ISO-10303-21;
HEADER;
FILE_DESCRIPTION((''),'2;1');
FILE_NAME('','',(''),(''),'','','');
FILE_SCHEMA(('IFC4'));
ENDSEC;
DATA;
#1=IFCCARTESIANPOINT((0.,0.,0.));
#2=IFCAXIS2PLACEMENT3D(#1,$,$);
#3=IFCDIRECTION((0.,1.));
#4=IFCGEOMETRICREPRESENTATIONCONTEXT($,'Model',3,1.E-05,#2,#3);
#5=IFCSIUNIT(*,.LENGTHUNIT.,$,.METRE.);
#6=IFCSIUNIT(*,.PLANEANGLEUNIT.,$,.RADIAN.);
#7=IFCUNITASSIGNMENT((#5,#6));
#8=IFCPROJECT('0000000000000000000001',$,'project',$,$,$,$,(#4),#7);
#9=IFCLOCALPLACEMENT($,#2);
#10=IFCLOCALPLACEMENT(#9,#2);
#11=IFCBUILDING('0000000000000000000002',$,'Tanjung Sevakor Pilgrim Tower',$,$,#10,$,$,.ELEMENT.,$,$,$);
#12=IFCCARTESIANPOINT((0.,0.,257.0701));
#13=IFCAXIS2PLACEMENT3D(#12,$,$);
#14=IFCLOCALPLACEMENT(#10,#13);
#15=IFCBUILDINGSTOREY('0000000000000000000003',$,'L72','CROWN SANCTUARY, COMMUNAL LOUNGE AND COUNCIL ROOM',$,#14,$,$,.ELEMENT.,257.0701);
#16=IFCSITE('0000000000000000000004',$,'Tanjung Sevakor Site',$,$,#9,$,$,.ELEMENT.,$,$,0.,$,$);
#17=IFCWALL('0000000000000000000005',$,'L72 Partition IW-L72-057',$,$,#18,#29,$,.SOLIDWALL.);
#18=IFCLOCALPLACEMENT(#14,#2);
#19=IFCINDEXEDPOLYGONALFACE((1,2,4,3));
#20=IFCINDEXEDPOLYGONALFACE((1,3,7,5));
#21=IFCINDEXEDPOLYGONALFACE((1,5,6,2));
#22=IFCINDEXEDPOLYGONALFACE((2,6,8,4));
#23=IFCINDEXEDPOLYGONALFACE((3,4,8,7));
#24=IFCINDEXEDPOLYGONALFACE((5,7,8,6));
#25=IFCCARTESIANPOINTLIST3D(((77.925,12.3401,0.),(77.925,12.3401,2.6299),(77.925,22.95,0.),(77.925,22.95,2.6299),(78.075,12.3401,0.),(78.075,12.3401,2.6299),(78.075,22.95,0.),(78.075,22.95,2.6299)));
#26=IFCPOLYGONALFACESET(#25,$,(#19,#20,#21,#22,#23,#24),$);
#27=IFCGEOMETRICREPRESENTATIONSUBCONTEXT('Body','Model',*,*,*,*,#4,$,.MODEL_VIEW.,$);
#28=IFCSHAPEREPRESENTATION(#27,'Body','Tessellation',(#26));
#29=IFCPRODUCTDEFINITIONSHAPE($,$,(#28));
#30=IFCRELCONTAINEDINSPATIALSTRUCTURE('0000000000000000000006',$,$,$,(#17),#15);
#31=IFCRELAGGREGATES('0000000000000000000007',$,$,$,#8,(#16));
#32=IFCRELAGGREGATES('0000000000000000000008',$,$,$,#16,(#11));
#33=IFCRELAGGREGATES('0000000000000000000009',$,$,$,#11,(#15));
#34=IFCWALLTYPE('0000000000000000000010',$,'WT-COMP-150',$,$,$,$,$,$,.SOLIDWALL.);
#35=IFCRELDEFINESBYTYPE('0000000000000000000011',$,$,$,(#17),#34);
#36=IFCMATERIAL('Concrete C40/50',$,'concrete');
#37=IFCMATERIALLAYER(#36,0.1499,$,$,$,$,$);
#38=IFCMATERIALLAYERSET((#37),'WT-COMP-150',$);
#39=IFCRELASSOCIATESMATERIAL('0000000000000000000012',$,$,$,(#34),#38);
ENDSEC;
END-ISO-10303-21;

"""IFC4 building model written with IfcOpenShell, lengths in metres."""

from ifc_helpers import new_model, si_unit, direction, frame, frame_2d, origin, place, context, subcontext, project, spatial, rectangle, extrude, material, layer, layer_set, type_object, element, save


model = new_model("IFC4")

# Units and contexts
model_context = context("Model", 3, precision=1e-05, world=origin(), true_north=direction((0.0, 1.0)))
body_context = subcontext(model_context, "Body", "Model", "MODEL_VIEW")
ifc_project = project(units=[si_unit("LENGTHUNIT", "METRE"), si_unit("PLANEANGLEUNIT", "RADIAN")], contexts=[model_context])

# Site, building, storey
site_placement = place(None, origin())
site = spatial("IfcSite", under=ifc_project, at=site_placement, Name="Tanjung Sevakor Site", CompositionType="ELEMENT", RefElevation=0.0)
building_placement = place(site_placement, origin())
building = spatial("IfcBuilding", under=site, at=building_placement, Name="Tanjung Sevakor Pilgrim Tower", CompositionType="ELEMENT")
storey_placement = place(building_placement, frame((0.0, 0.0, 257.0701)))
storey = spatial("IfcBuildingStorey", under=building, at=storey_placement, Name="L72", Description="CROWN SANCTUARY, COMMUNAL LOUNGE AND COUNCIL ROOM", CompositionType="ELEMENT", Elevation=257.0701)

# Wall
ifc_material_1 = material(Name="Concrete C40/50", Category="concrete")
ifc_layer_1 = layer(ifc_material_1, 0.1499)
ifc_layer_set_1 = layer_set([ifc_layer_1], Name="WT-COMP-150")
wall_type = type_object("IfcWallType", Name="WT-COMP-150", PredefinedType="SOLIDWALL", material=ifc_layer_set_1)
wall_placement = place(storey_placement, frame((78.0, 12.3401, 0.0), z_axis=(0.0, 0.0, 1.0), x_axis=(0.0, 1.0, 0.0)))
element("IfcWall", 1, at=wall_placement, inside=storey, type_object=wall_type, Name="L72 Partition IW-L72-057", PredefinedType="SOLIDWALL", context=body_context, shape_type="SweptSolid", body=[
    extrude(rectangle(XDim=10.6099, YDim=0.1499, at=frame_2d((5.3049, 0.0))), origin(), (0.0, 0.0, 1.0), 2.6299),
])

save(model, "model.ifc")
